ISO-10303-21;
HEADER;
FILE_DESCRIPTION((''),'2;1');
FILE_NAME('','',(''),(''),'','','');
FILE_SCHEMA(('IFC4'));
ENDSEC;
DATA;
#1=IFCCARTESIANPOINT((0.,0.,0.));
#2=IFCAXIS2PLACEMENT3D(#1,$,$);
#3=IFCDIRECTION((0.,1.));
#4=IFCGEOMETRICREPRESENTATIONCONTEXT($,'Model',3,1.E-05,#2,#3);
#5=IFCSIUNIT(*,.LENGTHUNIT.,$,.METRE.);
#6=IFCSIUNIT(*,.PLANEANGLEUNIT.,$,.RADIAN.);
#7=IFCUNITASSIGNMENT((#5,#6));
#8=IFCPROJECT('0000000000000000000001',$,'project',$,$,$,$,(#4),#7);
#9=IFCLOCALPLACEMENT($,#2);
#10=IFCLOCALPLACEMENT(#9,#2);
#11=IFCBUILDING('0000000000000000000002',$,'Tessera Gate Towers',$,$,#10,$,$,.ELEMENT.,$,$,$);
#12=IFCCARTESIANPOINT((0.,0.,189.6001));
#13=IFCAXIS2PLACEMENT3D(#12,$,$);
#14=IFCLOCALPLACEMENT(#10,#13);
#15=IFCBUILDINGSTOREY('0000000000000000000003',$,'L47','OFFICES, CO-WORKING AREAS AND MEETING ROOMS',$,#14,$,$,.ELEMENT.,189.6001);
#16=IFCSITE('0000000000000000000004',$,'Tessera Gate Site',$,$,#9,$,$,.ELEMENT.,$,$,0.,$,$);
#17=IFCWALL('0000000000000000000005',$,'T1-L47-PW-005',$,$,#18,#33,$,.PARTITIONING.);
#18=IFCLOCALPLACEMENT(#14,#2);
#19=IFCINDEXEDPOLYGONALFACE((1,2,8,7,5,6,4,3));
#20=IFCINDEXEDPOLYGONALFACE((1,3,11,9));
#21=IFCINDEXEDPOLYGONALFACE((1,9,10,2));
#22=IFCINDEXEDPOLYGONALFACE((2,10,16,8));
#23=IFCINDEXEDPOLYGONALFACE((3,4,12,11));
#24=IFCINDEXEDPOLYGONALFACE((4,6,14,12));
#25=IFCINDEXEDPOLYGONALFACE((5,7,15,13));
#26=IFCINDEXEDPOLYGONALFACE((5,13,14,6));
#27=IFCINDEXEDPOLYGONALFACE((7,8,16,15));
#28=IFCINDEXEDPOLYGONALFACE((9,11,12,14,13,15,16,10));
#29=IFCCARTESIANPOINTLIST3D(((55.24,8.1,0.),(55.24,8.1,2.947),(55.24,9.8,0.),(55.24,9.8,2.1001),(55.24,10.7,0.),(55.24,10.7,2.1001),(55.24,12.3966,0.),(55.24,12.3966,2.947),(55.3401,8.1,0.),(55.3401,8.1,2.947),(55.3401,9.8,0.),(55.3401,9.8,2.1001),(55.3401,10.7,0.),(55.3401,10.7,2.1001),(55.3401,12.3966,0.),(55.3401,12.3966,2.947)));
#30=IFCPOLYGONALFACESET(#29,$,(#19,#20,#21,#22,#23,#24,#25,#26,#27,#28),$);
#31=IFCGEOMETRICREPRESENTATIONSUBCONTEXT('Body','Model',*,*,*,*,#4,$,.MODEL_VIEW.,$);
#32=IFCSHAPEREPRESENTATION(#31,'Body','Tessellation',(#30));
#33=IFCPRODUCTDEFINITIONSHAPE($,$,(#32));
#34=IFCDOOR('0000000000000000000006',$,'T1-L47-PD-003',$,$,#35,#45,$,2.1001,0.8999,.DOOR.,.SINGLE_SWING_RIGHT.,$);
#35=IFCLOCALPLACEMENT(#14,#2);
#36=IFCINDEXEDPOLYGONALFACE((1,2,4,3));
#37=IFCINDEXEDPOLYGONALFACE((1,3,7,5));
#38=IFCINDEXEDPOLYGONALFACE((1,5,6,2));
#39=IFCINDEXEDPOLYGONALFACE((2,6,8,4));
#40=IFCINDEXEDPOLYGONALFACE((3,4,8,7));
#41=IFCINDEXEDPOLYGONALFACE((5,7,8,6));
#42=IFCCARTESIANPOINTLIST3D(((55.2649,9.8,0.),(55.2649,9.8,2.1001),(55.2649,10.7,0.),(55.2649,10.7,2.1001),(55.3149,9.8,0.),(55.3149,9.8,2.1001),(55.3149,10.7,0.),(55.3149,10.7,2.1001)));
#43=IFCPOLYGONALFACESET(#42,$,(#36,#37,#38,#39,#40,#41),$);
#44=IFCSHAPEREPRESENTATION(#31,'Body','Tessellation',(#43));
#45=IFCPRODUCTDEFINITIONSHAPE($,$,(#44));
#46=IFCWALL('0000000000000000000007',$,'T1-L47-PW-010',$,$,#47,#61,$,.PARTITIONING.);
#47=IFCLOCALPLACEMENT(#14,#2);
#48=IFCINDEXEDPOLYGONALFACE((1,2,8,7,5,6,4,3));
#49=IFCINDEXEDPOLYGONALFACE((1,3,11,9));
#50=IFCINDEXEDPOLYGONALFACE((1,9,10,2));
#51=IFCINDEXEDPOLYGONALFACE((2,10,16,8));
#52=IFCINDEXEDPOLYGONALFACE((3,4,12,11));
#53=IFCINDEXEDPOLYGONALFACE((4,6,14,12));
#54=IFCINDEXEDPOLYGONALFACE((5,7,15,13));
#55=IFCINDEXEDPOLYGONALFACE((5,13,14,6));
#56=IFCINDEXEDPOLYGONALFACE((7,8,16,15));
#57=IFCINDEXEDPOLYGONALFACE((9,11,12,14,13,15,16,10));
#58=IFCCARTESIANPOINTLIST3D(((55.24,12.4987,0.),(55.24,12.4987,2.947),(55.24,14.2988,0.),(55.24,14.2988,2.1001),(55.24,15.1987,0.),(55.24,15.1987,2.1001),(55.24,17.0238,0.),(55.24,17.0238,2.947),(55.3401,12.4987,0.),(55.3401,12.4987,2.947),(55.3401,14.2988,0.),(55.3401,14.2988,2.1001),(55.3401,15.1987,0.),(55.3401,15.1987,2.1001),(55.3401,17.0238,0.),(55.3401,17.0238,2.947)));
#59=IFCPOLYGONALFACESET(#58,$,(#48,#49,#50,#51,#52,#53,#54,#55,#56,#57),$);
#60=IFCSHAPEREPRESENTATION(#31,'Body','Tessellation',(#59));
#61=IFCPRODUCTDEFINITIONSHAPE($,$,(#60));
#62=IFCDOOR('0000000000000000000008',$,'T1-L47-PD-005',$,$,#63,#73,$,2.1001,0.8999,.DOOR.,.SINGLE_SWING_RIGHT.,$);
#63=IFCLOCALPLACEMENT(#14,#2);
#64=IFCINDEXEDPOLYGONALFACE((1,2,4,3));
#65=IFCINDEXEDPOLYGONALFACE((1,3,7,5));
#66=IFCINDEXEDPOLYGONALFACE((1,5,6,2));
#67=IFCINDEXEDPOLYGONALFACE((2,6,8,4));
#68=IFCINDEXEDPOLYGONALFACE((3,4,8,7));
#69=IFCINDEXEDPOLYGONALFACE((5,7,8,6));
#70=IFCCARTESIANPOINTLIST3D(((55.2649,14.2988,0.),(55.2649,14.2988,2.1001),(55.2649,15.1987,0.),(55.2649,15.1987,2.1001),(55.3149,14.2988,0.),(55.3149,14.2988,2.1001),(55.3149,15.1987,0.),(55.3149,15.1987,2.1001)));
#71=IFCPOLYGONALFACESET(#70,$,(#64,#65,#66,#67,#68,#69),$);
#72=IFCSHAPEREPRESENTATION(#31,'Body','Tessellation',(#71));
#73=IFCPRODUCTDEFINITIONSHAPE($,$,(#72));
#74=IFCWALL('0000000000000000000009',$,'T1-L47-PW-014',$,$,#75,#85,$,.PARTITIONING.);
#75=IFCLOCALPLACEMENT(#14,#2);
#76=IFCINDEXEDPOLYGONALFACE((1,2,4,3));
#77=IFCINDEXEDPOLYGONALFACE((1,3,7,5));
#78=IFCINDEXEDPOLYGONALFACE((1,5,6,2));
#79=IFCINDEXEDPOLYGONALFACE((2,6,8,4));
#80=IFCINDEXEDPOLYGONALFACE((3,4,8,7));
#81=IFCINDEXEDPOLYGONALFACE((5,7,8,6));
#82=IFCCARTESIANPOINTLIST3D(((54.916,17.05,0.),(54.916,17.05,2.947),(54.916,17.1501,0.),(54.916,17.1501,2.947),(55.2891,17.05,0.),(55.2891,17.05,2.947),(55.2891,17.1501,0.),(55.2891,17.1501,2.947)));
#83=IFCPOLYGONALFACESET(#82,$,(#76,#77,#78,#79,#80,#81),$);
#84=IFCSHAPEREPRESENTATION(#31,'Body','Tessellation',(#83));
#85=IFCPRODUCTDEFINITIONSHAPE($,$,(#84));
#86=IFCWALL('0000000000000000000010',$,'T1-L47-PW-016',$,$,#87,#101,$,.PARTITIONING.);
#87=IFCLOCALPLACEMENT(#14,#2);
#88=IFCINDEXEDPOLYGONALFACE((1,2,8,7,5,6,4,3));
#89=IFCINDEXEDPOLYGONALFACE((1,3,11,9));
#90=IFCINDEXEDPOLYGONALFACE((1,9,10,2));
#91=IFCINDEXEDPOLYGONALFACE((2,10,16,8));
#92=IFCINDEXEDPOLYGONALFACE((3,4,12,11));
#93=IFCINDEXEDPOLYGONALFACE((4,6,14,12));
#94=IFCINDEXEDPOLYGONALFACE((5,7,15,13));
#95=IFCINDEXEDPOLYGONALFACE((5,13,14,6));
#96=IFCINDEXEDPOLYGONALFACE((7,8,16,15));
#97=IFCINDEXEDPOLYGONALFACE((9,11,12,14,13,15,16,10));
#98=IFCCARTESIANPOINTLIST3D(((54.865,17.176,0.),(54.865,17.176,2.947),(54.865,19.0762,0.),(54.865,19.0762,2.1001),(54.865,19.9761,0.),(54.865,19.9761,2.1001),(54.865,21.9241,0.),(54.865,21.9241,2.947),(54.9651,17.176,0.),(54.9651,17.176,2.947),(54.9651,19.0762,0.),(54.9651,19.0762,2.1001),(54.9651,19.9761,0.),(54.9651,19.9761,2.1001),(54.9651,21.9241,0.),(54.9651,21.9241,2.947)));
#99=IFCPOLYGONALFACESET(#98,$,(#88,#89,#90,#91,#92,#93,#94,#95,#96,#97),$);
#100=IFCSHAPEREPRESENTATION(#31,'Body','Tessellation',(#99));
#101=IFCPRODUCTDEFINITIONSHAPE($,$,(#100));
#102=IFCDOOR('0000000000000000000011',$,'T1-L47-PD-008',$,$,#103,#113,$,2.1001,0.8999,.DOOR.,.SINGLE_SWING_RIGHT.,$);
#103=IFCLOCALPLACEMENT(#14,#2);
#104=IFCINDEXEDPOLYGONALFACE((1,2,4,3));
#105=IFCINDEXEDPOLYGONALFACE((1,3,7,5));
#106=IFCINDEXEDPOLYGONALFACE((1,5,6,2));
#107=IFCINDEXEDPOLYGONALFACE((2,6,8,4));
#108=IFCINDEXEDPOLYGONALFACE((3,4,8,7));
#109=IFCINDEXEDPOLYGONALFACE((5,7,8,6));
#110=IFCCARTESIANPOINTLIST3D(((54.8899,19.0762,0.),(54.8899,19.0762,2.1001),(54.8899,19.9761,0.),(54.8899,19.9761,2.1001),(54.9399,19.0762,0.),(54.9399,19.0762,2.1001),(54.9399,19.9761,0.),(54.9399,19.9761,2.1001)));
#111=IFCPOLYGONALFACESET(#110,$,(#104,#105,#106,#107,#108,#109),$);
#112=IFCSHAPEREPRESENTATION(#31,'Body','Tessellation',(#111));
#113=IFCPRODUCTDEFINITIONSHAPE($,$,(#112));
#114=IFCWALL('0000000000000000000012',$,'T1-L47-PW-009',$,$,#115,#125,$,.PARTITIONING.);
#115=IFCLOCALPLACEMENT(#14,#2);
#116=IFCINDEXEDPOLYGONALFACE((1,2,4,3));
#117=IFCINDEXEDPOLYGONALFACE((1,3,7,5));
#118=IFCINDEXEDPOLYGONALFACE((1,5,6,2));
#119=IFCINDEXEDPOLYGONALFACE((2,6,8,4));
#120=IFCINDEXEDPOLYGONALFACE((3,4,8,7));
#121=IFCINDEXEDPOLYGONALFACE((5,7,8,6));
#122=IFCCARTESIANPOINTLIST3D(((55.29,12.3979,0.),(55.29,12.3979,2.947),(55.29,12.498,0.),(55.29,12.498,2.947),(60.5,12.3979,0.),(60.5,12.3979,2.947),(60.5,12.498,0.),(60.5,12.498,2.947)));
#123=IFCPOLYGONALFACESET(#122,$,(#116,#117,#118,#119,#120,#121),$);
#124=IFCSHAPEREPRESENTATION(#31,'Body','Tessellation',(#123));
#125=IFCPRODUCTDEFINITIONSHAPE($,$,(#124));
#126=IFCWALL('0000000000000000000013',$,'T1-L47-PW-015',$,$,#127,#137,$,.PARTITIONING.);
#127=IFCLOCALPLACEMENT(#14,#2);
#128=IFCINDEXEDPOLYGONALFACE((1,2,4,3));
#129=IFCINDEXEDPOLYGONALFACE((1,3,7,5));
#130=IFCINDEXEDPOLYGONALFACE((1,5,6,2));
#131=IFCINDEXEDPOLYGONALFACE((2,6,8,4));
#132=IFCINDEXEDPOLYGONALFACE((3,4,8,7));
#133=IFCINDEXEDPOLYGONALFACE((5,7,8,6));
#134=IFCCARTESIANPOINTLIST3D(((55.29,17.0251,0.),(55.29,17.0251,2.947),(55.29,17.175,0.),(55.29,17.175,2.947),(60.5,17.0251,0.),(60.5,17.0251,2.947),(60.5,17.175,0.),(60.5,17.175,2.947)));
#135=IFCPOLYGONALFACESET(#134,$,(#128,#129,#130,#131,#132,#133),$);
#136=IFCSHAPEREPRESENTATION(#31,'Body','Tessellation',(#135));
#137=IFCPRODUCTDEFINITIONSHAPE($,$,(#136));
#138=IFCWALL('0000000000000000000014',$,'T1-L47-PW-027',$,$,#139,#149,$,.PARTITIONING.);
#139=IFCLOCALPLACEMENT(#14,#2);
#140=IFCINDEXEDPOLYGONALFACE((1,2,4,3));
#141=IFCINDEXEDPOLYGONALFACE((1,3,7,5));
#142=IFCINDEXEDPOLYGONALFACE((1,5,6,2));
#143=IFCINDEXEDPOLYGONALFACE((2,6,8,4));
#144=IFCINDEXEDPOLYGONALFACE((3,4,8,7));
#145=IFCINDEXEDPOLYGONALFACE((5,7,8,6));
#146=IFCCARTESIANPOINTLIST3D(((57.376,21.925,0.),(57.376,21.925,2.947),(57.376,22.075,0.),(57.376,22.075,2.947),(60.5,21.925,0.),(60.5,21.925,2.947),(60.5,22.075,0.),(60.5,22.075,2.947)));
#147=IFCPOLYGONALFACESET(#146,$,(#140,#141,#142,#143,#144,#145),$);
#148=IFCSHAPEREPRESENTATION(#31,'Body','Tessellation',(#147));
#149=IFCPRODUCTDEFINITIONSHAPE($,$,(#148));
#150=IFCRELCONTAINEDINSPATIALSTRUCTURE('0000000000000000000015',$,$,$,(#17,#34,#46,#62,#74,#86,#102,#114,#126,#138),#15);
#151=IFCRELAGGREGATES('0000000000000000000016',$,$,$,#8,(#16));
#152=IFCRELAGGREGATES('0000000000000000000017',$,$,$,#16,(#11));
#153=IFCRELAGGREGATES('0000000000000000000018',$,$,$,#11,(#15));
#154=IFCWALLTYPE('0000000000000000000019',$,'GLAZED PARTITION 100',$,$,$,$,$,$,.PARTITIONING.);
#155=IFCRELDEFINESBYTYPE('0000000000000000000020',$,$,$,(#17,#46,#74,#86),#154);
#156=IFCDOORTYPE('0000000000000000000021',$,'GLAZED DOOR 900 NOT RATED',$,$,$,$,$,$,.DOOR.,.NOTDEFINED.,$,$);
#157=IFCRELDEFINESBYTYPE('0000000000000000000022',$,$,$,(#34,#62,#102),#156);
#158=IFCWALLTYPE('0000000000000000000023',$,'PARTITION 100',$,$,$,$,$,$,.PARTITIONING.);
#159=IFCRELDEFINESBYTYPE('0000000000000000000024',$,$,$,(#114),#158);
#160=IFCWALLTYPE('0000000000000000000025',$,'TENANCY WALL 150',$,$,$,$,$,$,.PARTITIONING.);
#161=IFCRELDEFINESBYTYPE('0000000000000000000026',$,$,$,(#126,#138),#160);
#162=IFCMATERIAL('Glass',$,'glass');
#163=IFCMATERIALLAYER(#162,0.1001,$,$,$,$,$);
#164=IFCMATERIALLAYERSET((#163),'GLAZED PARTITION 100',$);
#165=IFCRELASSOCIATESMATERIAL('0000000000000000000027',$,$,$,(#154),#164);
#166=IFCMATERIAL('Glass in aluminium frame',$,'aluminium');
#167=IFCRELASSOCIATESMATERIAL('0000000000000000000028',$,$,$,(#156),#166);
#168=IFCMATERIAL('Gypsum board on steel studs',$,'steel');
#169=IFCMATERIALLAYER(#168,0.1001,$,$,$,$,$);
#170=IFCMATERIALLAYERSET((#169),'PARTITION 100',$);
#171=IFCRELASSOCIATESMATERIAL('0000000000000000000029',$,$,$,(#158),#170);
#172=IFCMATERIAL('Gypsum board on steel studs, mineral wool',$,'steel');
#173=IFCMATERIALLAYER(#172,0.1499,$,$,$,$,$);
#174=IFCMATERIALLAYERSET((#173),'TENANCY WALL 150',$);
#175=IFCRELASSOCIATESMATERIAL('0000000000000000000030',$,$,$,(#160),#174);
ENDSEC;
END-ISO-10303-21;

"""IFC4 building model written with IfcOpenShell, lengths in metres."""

from ifc_helpers import new_model, si_unit, direction, frame, frame_2d, origin, place, context, subcontext, project, spatial, rectangle, extrude, source, transform, mapped, material, layer, layer_set, type_object, element, fill, save


model = new_model("IFC4")

# Units and contexts
model_context = context("Model", 3, precision=1e-05, world=origin(), true_north=direction((0.0, 1.0)))
body_context = subcontext(model_context, "Body", "Model", "MODEL_VIEW")
ifc_project = project(units=[si_unit("LENGTHUNIT", "METRE"), si_unit("PLANEANGLEUNIT", "RADIAN")], contexts=[model_context])

# Site, building, storey
site_placement = place(None, origin())
site = spatial("IfcSite", under=ifc_project, at=site_placement, Name="Tessera Gate Site", CompositionType="ELEMENT", RefElevation=0.0)
building_placement = place(site_placement, origin())
building = spatial("IfcBuilding", under=site, at=building_placement, Name="Tessera Gate Towers", CompositionType="ELEMENT")
storey_placement = place(building_placement, frame((0.0, 0.0, 189.6001)))
storey = spatial("IfcBuildingStorey", under=building, at=storey_placement, Name="L47", Description="OFFICES, CO-WORKING AREAS AND MEETING ROOMS", CompositionType="ELEMENT", Elevation=189.6001)

# Walls, openings, doors
ifc_material_1 = material(Name="Glass", Category="glass")
ifc_layer_1 = layer(ifc_material_1, 0.1001)
ifc_layer_set_1 = layer_set([ifc_layer_1], Name="GLAZED PARTITION 100")
wall_type_1 = type_object("IfcWallType", Name="GLAZED PARTITION 100", PredefinedType="PARTITIONING", material=ifc_layer_set_1)
wall_1_placement = place(storey_placement, frame((55.29, 12.3967, 0.0), z_axis=(0.0, 0.0, 1.0), x_axis=(0.0, -1.0, 0.0)))
wall_1 = element("IfcWall", 1, at=wall_1_placement, inside=storey, type_object=wall_type_1, Name="T1-L47-PW-005", PredefinedType="PARTITIONING", context=body_context, shape_type="SweptSolid", body=[
    extrude(rectangle(XDim=4.2966, YDim=0.1001, at=frame_2d((2.1484, 0.0))), origin(), (0.0, 0.0, 1.0), 2.947),
])
shared_shape_1 = source(origin(), body_context, "Body", "SweptSolid", [
    extrude(rectangle(XDim=0.8999, YDim=2.1001, at=frame_2d((0.45, 1.05))), frame((0.0, 0.0601, 0.0), z_axis=(0.0, -1.0, 0.0), x_axis=(1.0, 0.0, 0.0)), (0.0, 0.0, 1.0), 0.1201),
])
opening_1_placement = place(wall_1_placement, frame((1.6968, 0.0, 0.0)))
opening_1 = element("IfcOpeningElement", 2, at=opening_1_placement, cuts=wall_1, PredefinedType="OPENING", context=body_context, shape_type="MappedRepresentation", body=[
    mapped(shared_shape_1, transform((0.0, 0.0, 0.0), scale=1.0)),
])
ifc_material_2 = material(Name="Glass in aluminium frame", Category="aluminium")
door_type_1 = type_object("IfcDoorType", Name="GLAZED DOOR 900 NOT RATED", OperationType="NOTDEFINED", PredefinedType="DOOR", material=ifc_material_2)
shared_shape_2 = source(origin(), body_context, "Body", "SweptSolid", [
    extrude(rectangle(XDim=0.8999, YDim=2.1001, at=frame_2d((0.45, 1.05))), frame((0.0, 0.0249, 0.0), z_axis=(0.0, -1.0, 0.0), x_axis=(1.0, 0.0, 0.0)), (0.0, 0.0, 1.0), 0.05),
])
door_1_placement = place(opening_1_placement, origin())
door_1 = element("IfcDoor", 3, at=door_1_placement, inside=storey, type_object=door_type_1, Name="T1-L47-PD-003", OperationType="SINGLE_SWING_RIGHT", OverallHeight=2.1001, OverallWidth=0.8999, PredefinedType="DOOR", context=body_context, shape_type="MappedRepresentation", body=[
    mapped(shared_shape_2, transform((0.0, 0.0, 0.0), scale=1.0)),
])
fill(opening_1, door_1)
wall_2_placement = place(storey_placement, frame((55.29, 17.0239, 0.0), z_axis=(0.0, 0.0, 1.0), x_axis=(0.0, -1.0, 0.0)))
wall_2 = element("IfcWall", 4, at=wall_2_placement, inside=storey, type_object=wall_type_1, Name="T1-L47-PW-010", PredefinedType="PARTITIONING", context=body_context, shape_type="SweptSolid", body=[
    extrude(rectangle(XDim=4.5251, YDim=0.1001, at=frame_2d((2.2627, 0.0))), origin(), (0.0, 0.0, 1.0), 2.947),
])
opening_2_placement = place(wall_2_placement, frame((1.8252, 0.0, 0.0)))
opening_2 = element("IfcOpeningElement", 5, at=opening_2_placement, cuts=wall_2, PredefinedType="OPENING", context=body_context, shape_type="MappedRepresentation", body=[
    mapped(shared_shape_1, transform((0.0, 0.0, 0.0), scale=1.0)),
])
door_2_placement = place(opening_2_placement, origin())
door_2 = element("IfcDoor", 6, at=door_2_placement, inside=storey, type_object=door_type_1, Name="T1-L47-PD-005", OperationType="SINGLE_SWING_RIGHT", OverallHeight=2.1001, OverallWidth=0.8999, PredefinedType="DOOR", context=body_context, shape_type="MappedRepresentation", body=[
    mapped(shared_shape_2, transform((0.0, 0.0, 0.0), scale=1.0)),
])
fill(opening_2, door_2)

# Wall
wall_3_placement = place(storey_placement, frame((54.916, 17.1001, 0.0), z_axis=(0.0, 0.0, 1.0), x_axis=(1.0, 0.0, 0.0)))
element("IfcWall", 7, at=wall_3_placement, inside=storey, type_object=wall_type_1, Name="T1-L47-PW-014", PredefinedType="PARTITIONING", context=body_context, shape_type="SweptSolid", body=[
    extrude(rectangle(XDim=0.373, YDim=0.1001, at=frame_2d((0.1865, 0.0))), origin(), (0.0, 0.0, 1.0), 2.947),
])

# Wall, opening, door
wall_4_placement = place(storey_placement, frame((54.915, 21.9241, 0.0), z_axis=(0.0, 0.0, 1.0), x_axis=(0.0, -1.0, 0.0)))
wall_4 = element("IfcWall", 8, at=wall_4_placement, inside=storey, type_object=wall_type_1, Name="T1-L47-PW-016", PredefinedType="PARTITIONING", context=body_context, shape_type="SweptSolid", body=[
    extrude(rectangle(XDim=4.748, YDim=0.1001, at=frame_2d((2.374, 0.0))), origin(), (0.0, 0.0, 1.0), 2.947),
])
opening_3_placement = place(wall_4_placement, frame((1.948, 0.0, 0.0)))
opening_3 = element("IfcOpeningElement", 9, at=opening_3_placement, cuts=wall_4, PredefinedType="OPENING", context=body_context, shape_type="MappedRepresentation", body=[
    mapped(shared_shape_1, transform((0.0, 0.0, 0.0), scale=1.0)),
])
door_3_placement = place(opening_3_placement, origin())
door_3 = element("IfcDoor", 10, at=door_3_placement, inside=storey, type_object=door_type_1, Name="T1-L47-PD-008", OperationType="SINGLE_SWING_RIGHT", OverallHeight=2.1001, OverallWidth=0.8999, PredefinedType="DOOR", context=body_context, shape_type="MappedRepresentation", body=[
    mapped(shared_shape_2, transform((0.0, 0.0, 0.0), scale=1.0)),
])
fill(opening_3, door_3)

# Walls
ifc_material_3 = material(Name="Gypsum board on steel studs", Category="steel")
ifc_layer_2 = layer(ifc_material_3, 0.1001)
ifc_layer_set_2 = layer_set([ifc_layer_2], Name="PARTITION 100")
wall_type_2 = type_object("IfcWallType", Name="PARTITION 100", PredefinedType="PARTITIONING", material=ifc_layer_set_2)
wall_5_placement = place(storey_placement, frame((55.29, 12.448, 0.0), z_axis=(0.0, 0.0, 1.0), x_axis=(1.0, 0.0, 0.0)))
element("IfcWall", 11, at=wall_5_placement, inside=storey, type_object=wall_type_2, Name="T1-L47-PW-009", PredefinedType="PARTITIONING", context=body_context, shape_type="SweptSolid", body=[
    extrude(rectangle(XDim=5.21, YDim=0.1001, at=frame_2d((2.605, 0.0))), origin(), (0.0, 0.0, 1.0), 2.947),
])
ifc_material_4 = material(Name="Gypsum board on steel studs, mineral wool", Category="steel")
ifc_layer_3 = layer(ifc_material_4, 0.1499)
ifc_layer_set_3 = layer_set([ifc_layer_3], Name="TENANCY WALL 150")
wall_type_3 = type_object("IfcWallType", Name="TENANCY WALL 150", PredefinedType="PARTITIONING", material=ifc_layer_set_3)
wall_6_placement = place(storey_placement, frame((55.29, 17.1001, 0.0), z_axis=(0.0, 0.0, 1.0), x_axis=(1.0, 0.0, 0.0)))
element("IfcWall", 12, at=wall_6_placement, inside=storey, type_object=wall_type_3, Name="T1-L47-PW-015", PredefinedType="PARTITIONING", context=body_context, shape_type="SweptSolid", body=[
    extrude(rectangle(XDim=5.21, YDim=0.1499, at=frame_2d((2.605, 0.0))), origin(), (0.0, 0.0, 1.0), 2.947),
])
wall_7_placement = place(storey_placement, frame((57.376, 22.0, 0.0), z_axis=(0.0, 0.0, 1.0), x_axis=(1.0, 0.0, 0.0)))
element("IfcWall", 13, at=wall_7_placement, inside=storey, type_object=wall_type_3, Name="T1-L47-PW-027", PredefinedType="PARTITIONING", context=body_context, shape_type="SweptSolid", body=[
    extrude(rectangle(XDim=3.124, YDim=0.1499, at=frame_2d((1.562, 0.0))), origin(), (0.0, 0.0, 1.0), 2.947),
])

save(model, "model.ifc")
